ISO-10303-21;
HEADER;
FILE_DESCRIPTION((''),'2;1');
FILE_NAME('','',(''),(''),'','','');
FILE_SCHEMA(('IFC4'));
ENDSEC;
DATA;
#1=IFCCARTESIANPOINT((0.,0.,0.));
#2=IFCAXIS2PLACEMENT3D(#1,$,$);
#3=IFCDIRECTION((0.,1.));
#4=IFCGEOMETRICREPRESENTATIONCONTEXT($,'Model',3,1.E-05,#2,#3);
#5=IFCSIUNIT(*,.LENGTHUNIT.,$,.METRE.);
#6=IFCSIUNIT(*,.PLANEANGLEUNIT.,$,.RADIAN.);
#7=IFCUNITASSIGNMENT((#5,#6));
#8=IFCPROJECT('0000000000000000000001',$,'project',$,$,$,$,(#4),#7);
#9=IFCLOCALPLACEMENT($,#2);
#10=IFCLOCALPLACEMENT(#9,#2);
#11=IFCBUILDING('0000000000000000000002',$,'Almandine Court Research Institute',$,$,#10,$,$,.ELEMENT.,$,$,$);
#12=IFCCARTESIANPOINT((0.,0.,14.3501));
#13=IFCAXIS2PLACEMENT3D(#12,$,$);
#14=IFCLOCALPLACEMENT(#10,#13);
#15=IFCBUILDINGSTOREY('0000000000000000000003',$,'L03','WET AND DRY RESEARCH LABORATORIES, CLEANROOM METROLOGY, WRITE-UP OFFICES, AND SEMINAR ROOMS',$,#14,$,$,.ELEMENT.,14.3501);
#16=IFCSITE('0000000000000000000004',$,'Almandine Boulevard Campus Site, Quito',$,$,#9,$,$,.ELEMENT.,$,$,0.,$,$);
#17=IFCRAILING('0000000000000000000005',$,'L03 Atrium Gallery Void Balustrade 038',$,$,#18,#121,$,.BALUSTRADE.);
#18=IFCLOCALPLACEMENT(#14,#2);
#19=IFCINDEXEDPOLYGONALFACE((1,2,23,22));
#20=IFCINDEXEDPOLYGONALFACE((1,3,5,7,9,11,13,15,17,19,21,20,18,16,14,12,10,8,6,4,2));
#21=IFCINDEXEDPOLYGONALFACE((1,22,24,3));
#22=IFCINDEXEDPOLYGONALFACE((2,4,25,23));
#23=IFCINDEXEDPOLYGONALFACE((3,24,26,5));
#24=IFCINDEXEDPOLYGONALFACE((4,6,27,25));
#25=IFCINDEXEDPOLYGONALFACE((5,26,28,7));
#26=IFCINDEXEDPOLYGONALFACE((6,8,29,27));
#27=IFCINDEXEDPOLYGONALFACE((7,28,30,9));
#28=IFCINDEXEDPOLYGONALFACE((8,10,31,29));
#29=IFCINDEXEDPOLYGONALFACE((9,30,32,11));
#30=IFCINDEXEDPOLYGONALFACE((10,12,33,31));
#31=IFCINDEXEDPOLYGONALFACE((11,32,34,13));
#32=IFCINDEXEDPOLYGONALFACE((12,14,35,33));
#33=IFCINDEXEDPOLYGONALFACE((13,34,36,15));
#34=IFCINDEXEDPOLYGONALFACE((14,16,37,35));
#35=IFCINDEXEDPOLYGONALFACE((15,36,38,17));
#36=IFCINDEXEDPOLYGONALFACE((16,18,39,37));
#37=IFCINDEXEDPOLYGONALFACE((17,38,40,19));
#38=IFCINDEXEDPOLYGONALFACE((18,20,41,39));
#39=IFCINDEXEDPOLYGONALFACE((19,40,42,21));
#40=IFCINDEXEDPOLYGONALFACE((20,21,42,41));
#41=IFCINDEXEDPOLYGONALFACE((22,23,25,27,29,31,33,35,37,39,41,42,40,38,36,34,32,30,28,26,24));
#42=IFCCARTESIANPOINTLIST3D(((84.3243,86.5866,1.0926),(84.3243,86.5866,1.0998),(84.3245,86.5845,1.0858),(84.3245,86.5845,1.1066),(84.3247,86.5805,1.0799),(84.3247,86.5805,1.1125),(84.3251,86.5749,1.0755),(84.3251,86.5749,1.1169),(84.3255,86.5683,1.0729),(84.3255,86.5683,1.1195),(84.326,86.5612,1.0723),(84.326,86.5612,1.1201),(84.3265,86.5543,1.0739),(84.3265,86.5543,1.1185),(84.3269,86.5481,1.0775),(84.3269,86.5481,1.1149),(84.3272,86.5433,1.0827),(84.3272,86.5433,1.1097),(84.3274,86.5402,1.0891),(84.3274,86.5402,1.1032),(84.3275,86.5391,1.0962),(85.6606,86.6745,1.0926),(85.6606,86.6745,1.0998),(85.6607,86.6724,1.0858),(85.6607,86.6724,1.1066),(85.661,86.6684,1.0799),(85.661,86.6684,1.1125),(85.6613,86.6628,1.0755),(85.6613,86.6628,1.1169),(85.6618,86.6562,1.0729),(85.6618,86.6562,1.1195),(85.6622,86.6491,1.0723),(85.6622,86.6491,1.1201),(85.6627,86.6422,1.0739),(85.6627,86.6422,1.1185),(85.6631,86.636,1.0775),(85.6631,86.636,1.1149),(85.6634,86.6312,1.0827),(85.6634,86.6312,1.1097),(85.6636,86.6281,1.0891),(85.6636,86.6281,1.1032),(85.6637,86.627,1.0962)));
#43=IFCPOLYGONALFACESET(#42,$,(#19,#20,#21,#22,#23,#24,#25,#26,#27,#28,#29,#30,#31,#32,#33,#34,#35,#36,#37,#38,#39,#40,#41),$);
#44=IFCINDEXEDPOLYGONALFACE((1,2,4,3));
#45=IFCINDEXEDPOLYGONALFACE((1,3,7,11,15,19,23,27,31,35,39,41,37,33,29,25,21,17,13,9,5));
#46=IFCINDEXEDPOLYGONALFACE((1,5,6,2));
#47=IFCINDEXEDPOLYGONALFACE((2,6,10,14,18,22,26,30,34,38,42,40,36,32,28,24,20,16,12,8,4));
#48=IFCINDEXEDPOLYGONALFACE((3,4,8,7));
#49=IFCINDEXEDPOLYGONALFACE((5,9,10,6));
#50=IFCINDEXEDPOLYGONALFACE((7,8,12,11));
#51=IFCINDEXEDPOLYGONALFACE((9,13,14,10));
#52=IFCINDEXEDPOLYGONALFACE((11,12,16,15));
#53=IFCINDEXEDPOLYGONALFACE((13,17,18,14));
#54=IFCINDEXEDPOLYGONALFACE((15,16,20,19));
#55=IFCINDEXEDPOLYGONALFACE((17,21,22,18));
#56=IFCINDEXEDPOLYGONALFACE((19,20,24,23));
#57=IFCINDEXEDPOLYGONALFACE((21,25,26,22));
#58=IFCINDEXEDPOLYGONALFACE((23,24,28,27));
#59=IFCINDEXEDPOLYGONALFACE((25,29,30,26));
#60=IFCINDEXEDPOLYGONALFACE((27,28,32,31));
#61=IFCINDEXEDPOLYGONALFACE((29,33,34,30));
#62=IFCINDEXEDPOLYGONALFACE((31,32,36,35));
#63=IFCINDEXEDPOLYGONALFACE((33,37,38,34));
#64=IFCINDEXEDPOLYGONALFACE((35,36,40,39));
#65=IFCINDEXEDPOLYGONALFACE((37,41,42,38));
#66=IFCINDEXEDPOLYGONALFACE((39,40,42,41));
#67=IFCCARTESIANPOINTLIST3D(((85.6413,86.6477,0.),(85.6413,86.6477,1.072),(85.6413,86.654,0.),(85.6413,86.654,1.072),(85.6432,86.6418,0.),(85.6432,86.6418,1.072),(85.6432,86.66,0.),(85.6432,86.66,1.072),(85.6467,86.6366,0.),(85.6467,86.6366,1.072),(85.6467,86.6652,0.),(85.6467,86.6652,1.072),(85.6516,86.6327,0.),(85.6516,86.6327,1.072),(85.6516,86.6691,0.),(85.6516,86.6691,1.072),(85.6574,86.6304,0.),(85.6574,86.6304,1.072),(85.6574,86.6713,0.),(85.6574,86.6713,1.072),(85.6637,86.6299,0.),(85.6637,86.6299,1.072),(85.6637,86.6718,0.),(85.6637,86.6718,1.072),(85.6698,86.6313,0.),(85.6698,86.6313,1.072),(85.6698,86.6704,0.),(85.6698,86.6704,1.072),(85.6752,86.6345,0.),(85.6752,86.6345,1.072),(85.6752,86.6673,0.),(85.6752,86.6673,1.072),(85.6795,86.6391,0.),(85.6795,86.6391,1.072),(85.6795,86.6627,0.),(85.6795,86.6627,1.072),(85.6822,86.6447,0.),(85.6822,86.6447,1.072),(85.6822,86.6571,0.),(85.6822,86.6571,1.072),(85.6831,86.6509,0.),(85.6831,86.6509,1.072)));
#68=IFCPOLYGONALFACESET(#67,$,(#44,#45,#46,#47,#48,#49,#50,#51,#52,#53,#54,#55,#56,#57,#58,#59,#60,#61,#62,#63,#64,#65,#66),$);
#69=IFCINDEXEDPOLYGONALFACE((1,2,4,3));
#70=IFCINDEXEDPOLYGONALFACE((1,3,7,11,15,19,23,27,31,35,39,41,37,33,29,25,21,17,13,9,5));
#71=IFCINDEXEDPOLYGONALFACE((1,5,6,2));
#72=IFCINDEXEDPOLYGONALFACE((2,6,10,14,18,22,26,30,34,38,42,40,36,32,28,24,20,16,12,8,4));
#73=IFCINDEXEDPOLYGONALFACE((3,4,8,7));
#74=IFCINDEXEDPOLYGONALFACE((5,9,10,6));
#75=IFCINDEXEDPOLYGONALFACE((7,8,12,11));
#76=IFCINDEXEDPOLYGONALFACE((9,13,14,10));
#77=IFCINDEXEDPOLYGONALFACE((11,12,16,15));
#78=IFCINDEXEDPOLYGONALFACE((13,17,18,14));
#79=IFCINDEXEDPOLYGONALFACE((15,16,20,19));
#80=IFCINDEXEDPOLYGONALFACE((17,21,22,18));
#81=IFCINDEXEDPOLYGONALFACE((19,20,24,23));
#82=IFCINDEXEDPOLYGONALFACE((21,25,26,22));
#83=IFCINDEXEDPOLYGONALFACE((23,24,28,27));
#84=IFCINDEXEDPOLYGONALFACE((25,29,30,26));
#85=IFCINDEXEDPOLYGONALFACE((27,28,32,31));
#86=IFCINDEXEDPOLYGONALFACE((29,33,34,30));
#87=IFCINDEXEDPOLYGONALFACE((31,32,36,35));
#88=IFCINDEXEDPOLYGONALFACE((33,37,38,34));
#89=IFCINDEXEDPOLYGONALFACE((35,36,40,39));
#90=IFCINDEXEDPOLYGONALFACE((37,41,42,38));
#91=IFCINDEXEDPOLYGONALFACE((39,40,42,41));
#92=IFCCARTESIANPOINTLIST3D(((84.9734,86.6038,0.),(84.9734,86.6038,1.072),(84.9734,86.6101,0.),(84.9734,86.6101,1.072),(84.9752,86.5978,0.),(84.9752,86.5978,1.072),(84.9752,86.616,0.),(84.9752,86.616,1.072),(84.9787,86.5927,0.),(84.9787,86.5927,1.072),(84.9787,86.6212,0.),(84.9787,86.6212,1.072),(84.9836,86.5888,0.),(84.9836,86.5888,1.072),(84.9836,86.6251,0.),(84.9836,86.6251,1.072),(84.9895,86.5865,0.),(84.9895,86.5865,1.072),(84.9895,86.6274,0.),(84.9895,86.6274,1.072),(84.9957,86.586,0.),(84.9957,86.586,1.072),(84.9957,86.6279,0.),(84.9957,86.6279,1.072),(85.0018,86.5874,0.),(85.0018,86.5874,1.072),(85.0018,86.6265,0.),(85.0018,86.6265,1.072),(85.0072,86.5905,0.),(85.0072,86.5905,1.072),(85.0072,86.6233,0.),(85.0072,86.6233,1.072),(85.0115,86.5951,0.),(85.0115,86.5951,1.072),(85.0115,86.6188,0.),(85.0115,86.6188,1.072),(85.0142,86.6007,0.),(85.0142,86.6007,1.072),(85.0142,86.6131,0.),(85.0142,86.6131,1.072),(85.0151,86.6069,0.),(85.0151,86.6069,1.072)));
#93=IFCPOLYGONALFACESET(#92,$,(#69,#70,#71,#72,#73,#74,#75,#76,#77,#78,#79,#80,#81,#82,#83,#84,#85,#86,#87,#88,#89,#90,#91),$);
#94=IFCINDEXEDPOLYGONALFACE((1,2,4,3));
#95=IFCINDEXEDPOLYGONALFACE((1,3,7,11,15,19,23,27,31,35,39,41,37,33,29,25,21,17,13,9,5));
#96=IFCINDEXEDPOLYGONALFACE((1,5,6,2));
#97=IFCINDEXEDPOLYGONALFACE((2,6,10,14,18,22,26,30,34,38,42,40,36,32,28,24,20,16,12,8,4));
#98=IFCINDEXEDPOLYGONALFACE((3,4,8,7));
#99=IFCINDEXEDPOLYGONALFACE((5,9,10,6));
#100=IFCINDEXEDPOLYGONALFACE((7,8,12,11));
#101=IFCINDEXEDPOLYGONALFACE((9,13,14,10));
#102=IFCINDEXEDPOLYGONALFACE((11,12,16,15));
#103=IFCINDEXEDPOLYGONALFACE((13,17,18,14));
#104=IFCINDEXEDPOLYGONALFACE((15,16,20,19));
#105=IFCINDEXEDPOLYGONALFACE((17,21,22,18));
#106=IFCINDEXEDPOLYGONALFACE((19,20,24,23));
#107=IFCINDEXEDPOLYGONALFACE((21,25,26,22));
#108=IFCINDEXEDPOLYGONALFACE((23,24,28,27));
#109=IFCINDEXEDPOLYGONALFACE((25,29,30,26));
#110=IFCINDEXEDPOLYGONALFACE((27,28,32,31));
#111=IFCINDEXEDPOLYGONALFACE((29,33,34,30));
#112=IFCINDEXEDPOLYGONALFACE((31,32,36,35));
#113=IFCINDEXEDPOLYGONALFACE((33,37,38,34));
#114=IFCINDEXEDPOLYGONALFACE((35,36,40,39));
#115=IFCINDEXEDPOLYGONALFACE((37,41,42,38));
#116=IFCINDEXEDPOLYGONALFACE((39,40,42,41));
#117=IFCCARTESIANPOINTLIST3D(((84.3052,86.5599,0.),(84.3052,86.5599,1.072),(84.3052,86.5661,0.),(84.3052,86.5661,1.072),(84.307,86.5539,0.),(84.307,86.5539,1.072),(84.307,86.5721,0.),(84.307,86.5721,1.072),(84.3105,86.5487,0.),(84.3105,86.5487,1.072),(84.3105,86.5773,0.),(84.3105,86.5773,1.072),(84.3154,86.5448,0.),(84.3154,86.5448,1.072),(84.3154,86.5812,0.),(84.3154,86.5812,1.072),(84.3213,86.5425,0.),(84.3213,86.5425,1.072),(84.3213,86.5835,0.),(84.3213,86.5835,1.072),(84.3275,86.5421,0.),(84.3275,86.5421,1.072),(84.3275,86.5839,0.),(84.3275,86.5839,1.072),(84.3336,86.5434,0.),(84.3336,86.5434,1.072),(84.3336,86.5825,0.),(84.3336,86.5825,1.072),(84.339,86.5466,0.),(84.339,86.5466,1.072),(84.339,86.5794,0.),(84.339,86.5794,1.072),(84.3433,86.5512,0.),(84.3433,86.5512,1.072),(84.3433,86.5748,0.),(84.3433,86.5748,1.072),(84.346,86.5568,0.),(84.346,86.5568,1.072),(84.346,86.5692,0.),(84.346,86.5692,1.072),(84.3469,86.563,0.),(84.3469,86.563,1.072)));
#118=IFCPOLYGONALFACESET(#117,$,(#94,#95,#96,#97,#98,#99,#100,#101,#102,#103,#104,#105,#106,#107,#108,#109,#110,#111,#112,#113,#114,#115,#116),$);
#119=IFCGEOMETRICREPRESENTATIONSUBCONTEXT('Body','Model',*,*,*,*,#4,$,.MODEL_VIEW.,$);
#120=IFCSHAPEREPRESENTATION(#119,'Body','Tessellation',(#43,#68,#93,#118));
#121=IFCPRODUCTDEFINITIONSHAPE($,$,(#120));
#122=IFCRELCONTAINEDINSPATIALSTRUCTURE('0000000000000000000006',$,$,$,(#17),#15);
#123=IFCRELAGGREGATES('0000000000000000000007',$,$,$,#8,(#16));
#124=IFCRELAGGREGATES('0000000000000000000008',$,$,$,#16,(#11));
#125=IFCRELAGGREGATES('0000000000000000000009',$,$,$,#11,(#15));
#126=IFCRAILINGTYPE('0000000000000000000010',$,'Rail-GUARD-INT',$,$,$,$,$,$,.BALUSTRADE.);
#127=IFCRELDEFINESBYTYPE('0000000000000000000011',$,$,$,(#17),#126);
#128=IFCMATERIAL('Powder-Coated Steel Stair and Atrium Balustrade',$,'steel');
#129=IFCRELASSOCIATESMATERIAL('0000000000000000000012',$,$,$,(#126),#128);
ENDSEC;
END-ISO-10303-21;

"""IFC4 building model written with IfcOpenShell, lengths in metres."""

from ifc_helpers import new_model, si_unit, direction, frame, origin, origin_2d, place, context, subcontext, project, spatial, circle, extrude, material, type_object, element, save


model = new_model("IFC4")

# Units and contexts
model_context = context("Model", 3, precision=1e-05, world=origin(), true_north=direction((0.0, 1.0)))
body_context = subcontext(model_context, "Body", "Model", "MODEL_VIEW")
ifc_project = project(units=[si_unit("LENGTHUNIT", "METRE"), si_unit("PLANEANGLEUNIT", "RADIAN")], contexts=[model_context])

# Site, building, storey
site_placement = place(None, origin())
site = spatial("IfcSite", under=ifc_project, at=site_placement, Name="Almandine Boulevard Campus Site, Quito", CompositionType="ELEMENT", RefElevation=0.0)
building_placement = place(site_placement, origin())
building = spatial("IfcBuilding", under=site, at=building_placement, Name="Almandine Court Research Institute", CompositionType="ELEMENT")
storey_placement = place(building_placement, frame((0.0, 0.0, 14.3501)))
storey = spatial("IfcBuildingStorey", under=building, at=storey_placement, Name="L03", Description="WET AND DRY RESEARCH LABORATORIES, CLEANROOM METROLOGY, WRITE-UP OFFICES, AND SEMINAR ROOMS", CompositionType="ELEMENT", Elevation=14.3501)

# Railing
ifc_material_1 = material(Name="Powder-Coated Steel Stair and Atrium Balustrade", Category="steel")
railing_type = type_object("IfcRailingType", Name="Rail-GUARD-INT", PredefinedType="BALUSTRADE", material=ifc_material_1)
railing_1_placement = place(storey_placement, frame((85.6621, 86.6509, 0.0)))
element("IfcRailing", 1, at=railing_1_placement, inside=storey, type_object=railing_type, Name="L03 Atrium Gallery Void Balustrade 038", PredefinedType="BALUSTRADE", context=body_context, shape_type="SweptSolid", body=[
    extrude(circle(Radius=0.0239, at=origin_2d()), frame((0.0, 0.0, 1.0962), z_axis=(-0.997844, -0.065636, 0.0), x_axis=(0.065636, -0.997844, 0.0)), (0.0, 0.0, 1.0), 1.3391),
    extrude(circle(Radius=0.021, at=origin_2d()), origin(), (0.0, 0.0, 1.0), 1.072),
    extrude(circle(Radius=0.021, at=origin_2d()), frame((-0.668, -0.0439, 0.0)), (0.0, 0.0, 1.0), 1.072),
    extrude(circle(Radius=0.021, at=origin_2d()), frame((-1.3362, -0.0879, 0.0)), (0.0, 0.0, 1.0), 1.072),
])

save(model, "model.ifc")
